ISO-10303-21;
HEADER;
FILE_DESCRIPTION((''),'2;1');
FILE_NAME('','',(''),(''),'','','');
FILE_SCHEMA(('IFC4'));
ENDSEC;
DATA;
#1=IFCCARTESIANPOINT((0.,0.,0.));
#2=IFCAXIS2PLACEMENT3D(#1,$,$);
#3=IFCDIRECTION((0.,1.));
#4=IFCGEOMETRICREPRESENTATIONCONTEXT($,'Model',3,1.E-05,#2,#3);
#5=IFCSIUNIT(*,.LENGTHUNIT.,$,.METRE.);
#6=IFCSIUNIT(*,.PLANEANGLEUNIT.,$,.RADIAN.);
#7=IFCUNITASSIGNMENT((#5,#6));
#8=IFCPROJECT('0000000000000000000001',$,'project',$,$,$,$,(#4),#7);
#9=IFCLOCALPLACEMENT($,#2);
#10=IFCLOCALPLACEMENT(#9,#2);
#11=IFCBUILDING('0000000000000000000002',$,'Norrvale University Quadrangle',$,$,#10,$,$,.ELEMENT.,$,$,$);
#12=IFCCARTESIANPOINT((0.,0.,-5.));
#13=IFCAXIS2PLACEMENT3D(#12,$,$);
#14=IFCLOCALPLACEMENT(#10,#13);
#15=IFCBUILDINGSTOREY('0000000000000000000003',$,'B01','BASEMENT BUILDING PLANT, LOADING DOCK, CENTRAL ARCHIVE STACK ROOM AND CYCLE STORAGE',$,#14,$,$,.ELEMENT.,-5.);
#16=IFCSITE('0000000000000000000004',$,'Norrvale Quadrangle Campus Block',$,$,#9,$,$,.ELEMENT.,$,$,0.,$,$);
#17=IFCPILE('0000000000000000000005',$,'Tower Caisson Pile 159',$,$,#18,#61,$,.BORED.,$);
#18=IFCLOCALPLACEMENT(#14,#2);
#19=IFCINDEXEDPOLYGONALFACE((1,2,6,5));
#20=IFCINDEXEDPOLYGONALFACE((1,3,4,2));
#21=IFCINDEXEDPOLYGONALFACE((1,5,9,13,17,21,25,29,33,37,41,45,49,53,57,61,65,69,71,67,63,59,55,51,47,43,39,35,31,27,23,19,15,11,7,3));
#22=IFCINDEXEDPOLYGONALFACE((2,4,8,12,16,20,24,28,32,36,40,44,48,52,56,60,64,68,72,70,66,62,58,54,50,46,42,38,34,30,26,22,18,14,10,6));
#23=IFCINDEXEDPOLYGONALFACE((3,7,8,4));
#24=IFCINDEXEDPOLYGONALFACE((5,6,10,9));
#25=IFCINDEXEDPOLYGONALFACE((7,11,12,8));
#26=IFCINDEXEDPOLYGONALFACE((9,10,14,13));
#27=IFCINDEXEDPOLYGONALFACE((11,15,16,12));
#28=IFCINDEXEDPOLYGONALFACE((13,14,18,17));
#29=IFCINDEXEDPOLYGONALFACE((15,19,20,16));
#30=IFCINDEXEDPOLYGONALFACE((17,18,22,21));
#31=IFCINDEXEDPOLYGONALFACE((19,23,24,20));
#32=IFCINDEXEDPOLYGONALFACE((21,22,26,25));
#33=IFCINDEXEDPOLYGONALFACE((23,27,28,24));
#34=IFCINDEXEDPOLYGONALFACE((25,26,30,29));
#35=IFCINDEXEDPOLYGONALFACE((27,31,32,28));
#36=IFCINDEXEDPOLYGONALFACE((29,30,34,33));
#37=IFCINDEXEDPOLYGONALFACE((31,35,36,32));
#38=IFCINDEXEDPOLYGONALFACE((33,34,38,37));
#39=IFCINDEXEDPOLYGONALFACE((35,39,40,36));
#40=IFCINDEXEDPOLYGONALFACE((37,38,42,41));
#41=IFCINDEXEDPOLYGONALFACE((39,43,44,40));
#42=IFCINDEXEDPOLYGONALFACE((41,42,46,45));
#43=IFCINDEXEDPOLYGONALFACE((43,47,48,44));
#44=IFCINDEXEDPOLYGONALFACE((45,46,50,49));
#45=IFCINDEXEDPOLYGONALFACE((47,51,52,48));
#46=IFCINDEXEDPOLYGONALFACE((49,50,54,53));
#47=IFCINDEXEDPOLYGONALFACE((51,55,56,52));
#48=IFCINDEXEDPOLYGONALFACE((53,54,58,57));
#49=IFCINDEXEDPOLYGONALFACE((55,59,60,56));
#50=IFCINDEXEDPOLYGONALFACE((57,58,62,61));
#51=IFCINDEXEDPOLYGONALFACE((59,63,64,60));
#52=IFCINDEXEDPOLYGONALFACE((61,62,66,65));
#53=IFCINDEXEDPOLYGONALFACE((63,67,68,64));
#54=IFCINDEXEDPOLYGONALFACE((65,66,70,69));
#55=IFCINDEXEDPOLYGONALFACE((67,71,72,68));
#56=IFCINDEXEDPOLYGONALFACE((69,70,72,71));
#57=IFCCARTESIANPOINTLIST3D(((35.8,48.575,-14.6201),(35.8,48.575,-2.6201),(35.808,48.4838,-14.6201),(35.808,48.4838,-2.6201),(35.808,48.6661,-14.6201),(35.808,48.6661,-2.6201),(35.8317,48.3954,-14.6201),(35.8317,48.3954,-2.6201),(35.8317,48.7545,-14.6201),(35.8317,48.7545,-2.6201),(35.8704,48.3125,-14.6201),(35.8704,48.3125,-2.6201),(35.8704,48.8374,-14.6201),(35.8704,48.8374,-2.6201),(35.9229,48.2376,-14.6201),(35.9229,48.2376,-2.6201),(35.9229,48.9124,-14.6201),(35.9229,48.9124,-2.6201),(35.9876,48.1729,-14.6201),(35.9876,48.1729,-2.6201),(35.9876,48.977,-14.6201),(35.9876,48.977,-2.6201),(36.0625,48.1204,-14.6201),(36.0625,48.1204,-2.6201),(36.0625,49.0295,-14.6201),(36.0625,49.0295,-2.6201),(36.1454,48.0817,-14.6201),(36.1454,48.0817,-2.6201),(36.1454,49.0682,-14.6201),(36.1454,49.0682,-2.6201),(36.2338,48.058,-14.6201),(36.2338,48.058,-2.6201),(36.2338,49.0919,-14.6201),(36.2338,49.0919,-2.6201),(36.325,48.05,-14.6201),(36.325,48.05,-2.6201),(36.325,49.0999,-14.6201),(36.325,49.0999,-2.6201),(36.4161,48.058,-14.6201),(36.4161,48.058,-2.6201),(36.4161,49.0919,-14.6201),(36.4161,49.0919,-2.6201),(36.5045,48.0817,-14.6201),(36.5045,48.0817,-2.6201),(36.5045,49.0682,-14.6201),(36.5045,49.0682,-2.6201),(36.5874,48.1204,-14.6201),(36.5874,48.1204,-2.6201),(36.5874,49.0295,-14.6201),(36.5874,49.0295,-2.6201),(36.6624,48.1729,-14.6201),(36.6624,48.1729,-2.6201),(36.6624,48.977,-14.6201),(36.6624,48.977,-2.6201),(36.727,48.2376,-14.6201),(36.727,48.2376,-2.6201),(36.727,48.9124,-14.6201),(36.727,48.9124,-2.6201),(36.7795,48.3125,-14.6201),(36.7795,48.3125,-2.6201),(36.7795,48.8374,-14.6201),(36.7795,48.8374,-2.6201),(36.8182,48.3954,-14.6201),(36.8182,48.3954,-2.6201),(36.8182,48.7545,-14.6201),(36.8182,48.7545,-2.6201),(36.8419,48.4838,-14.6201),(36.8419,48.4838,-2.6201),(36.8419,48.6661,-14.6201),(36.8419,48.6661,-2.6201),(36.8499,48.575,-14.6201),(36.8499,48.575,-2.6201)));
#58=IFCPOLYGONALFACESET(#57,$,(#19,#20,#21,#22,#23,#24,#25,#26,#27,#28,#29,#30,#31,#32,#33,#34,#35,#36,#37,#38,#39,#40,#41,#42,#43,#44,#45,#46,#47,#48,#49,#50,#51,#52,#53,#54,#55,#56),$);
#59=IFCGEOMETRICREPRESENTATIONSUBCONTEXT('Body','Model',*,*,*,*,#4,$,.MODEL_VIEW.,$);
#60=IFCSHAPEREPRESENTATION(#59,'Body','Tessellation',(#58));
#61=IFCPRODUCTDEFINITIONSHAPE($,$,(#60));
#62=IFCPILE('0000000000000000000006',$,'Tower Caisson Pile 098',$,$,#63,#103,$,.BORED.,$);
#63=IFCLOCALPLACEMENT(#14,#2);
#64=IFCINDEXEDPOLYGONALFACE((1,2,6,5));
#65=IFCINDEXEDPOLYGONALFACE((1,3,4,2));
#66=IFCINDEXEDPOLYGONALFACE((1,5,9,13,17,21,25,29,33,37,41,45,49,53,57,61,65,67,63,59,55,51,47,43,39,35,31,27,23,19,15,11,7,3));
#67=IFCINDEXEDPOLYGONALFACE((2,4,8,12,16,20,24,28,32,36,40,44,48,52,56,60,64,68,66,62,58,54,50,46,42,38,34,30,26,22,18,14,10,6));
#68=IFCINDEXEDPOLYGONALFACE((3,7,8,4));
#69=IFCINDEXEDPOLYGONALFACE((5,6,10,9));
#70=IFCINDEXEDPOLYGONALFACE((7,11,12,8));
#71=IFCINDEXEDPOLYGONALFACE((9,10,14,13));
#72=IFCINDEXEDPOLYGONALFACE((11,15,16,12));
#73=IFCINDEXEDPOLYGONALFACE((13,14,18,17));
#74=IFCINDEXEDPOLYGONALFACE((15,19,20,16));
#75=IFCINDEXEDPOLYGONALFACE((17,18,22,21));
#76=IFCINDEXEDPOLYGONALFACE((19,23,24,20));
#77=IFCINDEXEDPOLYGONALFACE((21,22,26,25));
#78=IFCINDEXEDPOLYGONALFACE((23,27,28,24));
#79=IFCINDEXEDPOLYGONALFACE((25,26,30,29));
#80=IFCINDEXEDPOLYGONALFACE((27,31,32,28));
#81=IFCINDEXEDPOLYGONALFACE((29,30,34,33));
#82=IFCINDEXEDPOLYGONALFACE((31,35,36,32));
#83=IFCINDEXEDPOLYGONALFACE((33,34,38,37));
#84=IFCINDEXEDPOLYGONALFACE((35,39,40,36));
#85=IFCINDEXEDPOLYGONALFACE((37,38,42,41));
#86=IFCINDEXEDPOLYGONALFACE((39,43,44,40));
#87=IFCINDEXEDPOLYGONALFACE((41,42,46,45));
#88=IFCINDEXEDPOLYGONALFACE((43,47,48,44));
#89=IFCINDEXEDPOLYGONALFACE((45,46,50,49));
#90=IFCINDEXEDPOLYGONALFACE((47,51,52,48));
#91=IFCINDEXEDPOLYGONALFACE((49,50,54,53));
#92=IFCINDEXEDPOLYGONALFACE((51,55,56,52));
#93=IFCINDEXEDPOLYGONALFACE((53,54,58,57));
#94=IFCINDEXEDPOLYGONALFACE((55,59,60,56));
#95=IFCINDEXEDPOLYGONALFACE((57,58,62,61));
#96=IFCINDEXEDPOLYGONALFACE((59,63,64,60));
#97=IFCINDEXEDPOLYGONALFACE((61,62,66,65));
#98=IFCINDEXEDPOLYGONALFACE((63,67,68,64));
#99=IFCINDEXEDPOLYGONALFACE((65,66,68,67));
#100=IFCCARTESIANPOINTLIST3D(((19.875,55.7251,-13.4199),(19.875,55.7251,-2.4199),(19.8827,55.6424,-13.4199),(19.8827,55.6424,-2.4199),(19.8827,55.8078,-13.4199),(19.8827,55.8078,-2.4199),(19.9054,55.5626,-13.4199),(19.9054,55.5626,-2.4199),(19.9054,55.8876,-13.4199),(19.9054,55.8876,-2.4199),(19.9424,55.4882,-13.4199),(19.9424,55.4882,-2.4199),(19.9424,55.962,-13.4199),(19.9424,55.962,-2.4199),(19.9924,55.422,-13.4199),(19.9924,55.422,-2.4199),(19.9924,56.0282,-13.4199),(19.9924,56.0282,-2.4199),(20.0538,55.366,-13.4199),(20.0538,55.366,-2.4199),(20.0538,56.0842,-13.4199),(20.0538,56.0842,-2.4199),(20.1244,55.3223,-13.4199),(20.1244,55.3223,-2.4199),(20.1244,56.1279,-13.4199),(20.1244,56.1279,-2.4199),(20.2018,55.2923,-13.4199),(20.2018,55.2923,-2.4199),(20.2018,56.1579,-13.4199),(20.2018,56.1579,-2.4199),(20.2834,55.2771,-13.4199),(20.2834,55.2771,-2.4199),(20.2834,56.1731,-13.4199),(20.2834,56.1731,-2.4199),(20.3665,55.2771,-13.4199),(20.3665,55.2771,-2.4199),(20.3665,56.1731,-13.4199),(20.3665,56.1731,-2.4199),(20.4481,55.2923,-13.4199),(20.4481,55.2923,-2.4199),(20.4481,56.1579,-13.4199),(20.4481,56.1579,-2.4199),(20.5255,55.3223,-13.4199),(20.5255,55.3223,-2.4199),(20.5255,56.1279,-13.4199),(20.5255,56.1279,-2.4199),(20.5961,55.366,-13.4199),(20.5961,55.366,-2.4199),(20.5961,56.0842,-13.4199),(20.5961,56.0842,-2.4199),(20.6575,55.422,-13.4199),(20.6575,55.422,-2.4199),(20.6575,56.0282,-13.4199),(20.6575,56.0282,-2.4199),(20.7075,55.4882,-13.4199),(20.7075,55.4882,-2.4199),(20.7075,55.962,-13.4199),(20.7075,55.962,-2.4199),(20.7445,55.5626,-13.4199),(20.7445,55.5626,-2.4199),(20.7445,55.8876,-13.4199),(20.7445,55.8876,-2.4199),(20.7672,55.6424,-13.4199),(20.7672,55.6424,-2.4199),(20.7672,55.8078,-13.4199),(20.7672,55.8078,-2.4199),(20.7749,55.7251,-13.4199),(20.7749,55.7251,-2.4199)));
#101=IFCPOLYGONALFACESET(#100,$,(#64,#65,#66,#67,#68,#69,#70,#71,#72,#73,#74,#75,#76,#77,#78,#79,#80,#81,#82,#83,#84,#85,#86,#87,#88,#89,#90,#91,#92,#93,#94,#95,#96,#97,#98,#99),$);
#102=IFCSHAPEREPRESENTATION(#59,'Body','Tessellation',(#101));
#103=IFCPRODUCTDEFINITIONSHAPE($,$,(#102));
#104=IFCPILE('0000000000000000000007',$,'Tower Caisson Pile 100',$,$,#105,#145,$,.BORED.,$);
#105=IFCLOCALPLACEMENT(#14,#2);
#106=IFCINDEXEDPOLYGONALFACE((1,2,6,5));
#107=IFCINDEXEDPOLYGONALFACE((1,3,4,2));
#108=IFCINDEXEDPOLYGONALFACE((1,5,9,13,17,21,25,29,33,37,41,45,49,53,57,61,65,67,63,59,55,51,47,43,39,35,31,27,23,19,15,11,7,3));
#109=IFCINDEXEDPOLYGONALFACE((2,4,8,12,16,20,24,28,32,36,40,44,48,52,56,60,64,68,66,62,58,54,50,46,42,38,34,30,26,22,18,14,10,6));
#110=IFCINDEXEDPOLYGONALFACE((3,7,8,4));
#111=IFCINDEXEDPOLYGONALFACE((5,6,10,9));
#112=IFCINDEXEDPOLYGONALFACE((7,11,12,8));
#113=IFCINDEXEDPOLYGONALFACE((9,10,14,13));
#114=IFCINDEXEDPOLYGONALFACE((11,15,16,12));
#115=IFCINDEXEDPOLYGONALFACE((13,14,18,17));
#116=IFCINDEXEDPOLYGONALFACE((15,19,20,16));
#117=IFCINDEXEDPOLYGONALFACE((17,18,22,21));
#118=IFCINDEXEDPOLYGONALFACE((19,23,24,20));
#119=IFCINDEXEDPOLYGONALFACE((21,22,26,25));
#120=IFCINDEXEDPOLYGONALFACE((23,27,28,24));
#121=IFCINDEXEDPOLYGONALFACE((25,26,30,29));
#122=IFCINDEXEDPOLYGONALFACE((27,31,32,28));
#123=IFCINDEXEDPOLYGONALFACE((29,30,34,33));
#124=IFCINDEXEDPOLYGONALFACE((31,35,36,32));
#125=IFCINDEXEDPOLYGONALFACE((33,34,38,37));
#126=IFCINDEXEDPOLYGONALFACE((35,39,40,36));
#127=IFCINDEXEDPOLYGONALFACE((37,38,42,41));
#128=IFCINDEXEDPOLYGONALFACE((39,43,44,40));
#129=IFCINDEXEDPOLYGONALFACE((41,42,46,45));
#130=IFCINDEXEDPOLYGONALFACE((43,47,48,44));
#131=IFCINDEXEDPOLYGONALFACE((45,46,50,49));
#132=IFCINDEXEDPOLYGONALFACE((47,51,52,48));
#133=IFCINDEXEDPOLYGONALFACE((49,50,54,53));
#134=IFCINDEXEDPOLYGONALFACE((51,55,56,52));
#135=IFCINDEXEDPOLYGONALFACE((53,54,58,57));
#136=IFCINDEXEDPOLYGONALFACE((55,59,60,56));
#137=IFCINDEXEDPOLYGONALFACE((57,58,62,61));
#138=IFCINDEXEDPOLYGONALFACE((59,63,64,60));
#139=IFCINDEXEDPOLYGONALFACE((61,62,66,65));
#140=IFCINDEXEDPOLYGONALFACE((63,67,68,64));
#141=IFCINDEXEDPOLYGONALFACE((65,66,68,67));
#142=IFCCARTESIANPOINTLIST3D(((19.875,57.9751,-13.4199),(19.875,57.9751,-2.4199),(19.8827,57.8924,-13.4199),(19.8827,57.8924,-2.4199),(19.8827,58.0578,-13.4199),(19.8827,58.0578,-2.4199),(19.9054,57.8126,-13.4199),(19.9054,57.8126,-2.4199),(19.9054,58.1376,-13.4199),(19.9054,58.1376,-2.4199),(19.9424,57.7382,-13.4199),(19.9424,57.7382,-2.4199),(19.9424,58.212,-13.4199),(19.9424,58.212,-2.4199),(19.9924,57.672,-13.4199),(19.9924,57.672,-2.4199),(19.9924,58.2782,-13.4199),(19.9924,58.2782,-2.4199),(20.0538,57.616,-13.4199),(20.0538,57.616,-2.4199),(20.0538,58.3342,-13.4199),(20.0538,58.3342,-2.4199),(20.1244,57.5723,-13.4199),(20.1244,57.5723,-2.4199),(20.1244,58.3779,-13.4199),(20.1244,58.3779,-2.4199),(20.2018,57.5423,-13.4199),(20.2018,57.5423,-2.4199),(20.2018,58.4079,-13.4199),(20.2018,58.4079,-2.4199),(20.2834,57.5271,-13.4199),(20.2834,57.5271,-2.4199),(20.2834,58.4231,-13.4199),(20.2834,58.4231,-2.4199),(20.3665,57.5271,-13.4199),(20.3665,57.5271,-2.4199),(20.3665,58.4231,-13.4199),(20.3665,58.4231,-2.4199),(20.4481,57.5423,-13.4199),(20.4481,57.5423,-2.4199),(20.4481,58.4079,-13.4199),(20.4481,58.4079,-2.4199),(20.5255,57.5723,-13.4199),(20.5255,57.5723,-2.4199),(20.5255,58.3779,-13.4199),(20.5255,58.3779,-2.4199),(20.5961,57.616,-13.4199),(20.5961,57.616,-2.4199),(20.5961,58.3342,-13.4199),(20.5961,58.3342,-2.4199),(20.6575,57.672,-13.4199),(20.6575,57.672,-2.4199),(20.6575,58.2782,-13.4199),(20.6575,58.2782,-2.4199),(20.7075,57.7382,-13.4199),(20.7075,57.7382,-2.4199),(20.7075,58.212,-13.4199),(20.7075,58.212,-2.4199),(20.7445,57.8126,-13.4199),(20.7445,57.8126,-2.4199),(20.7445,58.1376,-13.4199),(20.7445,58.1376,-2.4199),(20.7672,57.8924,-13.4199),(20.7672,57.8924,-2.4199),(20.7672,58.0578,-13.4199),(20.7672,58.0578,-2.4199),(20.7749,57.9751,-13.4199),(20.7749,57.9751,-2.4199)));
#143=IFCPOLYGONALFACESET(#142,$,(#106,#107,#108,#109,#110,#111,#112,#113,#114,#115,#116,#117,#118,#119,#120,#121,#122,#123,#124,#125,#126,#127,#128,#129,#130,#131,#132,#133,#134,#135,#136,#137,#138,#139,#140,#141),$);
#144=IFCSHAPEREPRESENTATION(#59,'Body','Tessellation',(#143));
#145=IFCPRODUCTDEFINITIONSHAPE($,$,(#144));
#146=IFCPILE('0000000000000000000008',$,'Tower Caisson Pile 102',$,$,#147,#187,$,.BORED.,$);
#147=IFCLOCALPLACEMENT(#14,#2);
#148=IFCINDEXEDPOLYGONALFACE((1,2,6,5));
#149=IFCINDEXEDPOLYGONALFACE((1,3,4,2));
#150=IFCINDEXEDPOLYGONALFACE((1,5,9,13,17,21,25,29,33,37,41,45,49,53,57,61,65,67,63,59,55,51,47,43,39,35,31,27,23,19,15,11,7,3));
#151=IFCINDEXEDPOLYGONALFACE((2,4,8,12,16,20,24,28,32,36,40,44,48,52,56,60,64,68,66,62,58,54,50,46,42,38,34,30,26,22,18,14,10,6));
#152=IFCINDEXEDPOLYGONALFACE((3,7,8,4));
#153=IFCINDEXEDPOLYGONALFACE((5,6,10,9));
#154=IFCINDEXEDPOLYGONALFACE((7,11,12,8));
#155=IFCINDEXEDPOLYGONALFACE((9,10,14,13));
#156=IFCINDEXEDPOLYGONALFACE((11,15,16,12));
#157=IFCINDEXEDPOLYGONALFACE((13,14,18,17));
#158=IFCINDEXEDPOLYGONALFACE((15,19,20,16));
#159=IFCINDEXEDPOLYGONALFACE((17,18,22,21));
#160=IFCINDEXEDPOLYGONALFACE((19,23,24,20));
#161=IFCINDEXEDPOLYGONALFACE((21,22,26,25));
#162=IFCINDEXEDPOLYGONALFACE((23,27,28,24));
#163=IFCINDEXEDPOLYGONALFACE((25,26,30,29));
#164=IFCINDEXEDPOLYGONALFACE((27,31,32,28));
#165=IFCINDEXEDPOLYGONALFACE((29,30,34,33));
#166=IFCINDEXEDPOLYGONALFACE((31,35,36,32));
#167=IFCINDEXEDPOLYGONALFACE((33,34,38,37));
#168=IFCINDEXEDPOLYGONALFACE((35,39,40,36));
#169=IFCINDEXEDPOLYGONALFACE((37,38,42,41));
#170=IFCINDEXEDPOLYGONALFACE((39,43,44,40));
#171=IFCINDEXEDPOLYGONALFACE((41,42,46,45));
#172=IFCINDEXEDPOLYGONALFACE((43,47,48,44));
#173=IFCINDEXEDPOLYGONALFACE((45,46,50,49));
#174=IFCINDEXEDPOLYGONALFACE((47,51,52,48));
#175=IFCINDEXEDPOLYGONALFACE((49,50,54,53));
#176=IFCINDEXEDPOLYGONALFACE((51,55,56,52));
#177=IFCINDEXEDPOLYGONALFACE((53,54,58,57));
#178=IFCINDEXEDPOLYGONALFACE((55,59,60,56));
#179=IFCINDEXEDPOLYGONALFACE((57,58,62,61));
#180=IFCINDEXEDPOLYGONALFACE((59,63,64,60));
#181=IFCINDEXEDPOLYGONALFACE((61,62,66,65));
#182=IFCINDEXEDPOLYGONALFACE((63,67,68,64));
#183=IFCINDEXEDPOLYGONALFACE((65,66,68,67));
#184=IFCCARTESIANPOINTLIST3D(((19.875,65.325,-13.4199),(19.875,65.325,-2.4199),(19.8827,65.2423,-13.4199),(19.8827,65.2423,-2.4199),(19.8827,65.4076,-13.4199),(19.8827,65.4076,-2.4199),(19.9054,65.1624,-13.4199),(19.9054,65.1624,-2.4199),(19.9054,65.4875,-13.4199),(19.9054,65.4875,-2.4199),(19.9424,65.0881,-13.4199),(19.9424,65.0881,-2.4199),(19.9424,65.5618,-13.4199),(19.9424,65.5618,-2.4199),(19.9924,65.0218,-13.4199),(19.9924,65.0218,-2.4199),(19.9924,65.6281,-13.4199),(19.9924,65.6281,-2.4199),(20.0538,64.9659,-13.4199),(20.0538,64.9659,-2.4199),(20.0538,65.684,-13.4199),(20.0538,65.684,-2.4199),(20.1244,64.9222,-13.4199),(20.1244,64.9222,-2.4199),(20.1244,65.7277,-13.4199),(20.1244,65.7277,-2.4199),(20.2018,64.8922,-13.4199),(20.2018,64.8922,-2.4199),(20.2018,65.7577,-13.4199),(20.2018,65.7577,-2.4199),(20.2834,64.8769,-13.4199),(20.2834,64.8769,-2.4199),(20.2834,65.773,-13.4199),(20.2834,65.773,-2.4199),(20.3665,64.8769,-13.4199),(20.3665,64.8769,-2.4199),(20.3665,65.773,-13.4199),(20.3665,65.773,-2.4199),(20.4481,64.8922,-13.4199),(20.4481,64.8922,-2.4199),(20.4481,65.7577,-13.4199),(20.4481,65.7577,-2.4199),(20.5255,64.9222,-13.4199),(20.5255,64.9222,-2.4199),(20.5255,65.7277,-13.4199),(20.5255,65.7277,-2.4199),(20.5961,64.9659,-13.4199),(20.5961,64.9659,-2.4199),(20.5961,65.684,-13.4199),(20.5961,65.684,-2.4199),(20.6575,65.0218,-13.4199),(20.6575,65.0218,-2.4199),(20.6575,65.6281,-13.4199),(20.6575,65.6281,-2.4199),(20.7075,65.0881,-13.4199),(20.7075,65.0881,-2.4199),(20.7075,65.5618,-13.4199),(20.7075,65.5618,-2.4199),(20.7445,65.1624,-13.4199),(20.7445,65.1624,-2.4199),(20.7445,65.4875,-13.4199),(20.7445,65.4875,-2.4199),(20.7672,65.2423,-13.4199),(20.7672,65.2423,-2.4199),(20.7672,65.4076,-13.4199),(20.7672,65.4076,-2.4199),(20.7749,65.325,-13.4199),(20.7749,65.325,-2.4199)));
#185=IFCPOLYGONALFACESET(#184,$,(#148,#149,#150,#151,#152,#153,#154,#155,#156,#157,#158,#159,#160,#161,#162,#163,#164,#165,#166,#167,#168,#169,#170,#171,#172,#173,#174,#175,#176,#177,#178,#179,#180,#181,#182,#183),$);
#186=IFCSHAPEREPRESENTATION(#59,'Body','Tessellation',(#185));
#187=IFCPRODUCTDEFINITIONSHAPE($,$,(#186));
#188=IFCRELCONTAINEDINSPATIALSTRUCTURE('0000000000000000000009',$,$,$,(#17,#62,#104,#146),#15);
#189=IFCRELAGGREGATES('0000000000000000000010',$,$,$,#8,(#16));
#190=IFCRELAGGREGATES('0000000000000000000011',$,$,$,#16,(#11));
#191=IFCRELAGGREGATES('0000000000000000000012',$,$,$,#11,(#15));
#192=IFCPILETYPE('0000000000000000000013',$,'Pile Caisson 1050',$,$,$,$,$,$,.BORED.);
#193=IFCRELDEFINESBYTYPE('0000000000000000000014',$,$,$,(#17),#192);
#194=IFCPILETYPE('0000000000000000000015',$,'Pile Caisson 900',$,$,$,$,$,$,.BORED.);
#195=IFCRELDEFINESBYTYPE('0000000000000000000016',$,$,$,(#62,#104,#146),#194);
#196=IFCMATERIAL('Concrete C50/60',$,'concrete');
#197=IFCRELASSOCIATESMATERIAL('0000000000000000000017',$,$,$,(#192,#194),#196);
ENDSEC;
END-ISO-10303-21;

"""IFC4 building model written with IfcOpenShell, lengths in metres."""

from ifc_helpers import new_model, si_unit, direction, frame, origin, origin_2d, place, context, subcontext, project, spatial, circle, extrude, material, material_profile, profile_set, type_object, element, save


model = new_model("IFC4")

# Units and contexts
model_context = context("Model", 3, precision=1e-05, world=origin(), true_north=direction((0.0, 1.0)))
body_context = subcontext(model_context, "Body", "Model", "MODEL_VIEW")
ifc_project = project(units=[si_unit("LENGTHUNIT", "METRE"), si_unit("PLANEANGLEUNIT", "RADIAN")], contexts=[model_context])

# Site, building, storey
site_placement = place(None, origin())
site = spatial("IfcSite", under=ifc_project, at=site_placement, Name="Norrvale Quadrangle Campus Block", CompositionType="ELEMENT", RefElevation=0.0)
building_placement = place(site_placement, origin())
building = spatial("IfcBuilding", under=site, at=building_placement, Name="Norrvale University Quadrangle", CompositionType="ELEMENT")
storey_placement = place(building_placement, frame((0.0, 0.0, -5.0)))
storey = spatial("IfcBuildingStorey", under=building, at=storey_placement, Name="B01", Description="BASEMENT BUILDING PLANT, LOADING DOCK, CENTRAL ARCHIVE STACK ROOM AND CYCLE STORAGE", CompositionType="ELEMENT", Elevation=-5.0)

# Shared definitions
ifc_material_1 = material(Name="Concrete C50/60", Category="concrete")

# Piles
ifc_material_profile_1 = material_profile(ifc_material_1, circle(Radius=0.5249, at=origin_2d()), Name="Concrete C50/60")
ifc_profile_set_1 = profile_set([ifc_material_profile_1], Name="Concrete C50/60")
pile_type_1 = type_object("IfcPileType", Name="Pile Caisson 1050", PredefinedType="BORED", material=ifc_profile_set_1)
for number, where, z_axis, x_axis, name in (
    (1, (36.325, 48.575, -2.6201), (0.0, 0.0, -1.0), (1.0, 0.0, 0.0), "Tower Caisson Pile 159"),
):
    element("IfcPile", number, at=place(storey_placement, frame(where, z_axis=z_axis, x_axis=x_axis)), inside=storey, type_object=pile_type_1, Name=name, PredefinedType="BORED", context=body_context, shape_type="SweptSolid", body=[
        extrude(circle(Radius=0.5249, at=origin_2d()), origin(), (0.0, 0.0, 1.0), 12.0),
    ])
ifc_material_profile_2 = material_profile(ifc_material_1, circle(Radius=0.45, at=origin_2d()), Name="Concrete C50/60")
ifc_profile_set_2 = profile_set([ifc_material_profile_2], Name="Concrete C50/60")
pile_type_2 = type_object("IfcPileType", Name="Pile Caisson 900", PredefinedType="BORED", material=ifc_profile_set_2)
for number, where, z_axis, x_axis, name in (
    (2, (20.325, 55.7251, -2.4199), (0.0, 0.0, -1.0), (1.0, 0.0, 0.0), "Tower Caisson Pile 098"),
    (3, (20.325, 57.9751, -2.4199), (0.0, 0.0, -1.0), (1.0, 0.0, 0.0), "Tower Caisson Pile 100"),
    (4, (20.325, 65.325, -2.4199), (0.0, 0.0, -1.0), (1.0, 0.0, 0.0), "Tower Caisson Pile 102"),
):
    element("IfcPile", number, at=place(storey_placement, frame(where, z_axis=z_axis, x_axis=x_axis)), inside=storey, type_object=pile_type_2, Name=name, PredefinedType="BORED", context=body_context, shape_type="SweptSolid", body=[
        extrude(circle(Radius=0.45, at=origin_2d()), origin(), (0.0, 0.0, 1.0), 11.0),
    ])

save(model, "model.ifc")
